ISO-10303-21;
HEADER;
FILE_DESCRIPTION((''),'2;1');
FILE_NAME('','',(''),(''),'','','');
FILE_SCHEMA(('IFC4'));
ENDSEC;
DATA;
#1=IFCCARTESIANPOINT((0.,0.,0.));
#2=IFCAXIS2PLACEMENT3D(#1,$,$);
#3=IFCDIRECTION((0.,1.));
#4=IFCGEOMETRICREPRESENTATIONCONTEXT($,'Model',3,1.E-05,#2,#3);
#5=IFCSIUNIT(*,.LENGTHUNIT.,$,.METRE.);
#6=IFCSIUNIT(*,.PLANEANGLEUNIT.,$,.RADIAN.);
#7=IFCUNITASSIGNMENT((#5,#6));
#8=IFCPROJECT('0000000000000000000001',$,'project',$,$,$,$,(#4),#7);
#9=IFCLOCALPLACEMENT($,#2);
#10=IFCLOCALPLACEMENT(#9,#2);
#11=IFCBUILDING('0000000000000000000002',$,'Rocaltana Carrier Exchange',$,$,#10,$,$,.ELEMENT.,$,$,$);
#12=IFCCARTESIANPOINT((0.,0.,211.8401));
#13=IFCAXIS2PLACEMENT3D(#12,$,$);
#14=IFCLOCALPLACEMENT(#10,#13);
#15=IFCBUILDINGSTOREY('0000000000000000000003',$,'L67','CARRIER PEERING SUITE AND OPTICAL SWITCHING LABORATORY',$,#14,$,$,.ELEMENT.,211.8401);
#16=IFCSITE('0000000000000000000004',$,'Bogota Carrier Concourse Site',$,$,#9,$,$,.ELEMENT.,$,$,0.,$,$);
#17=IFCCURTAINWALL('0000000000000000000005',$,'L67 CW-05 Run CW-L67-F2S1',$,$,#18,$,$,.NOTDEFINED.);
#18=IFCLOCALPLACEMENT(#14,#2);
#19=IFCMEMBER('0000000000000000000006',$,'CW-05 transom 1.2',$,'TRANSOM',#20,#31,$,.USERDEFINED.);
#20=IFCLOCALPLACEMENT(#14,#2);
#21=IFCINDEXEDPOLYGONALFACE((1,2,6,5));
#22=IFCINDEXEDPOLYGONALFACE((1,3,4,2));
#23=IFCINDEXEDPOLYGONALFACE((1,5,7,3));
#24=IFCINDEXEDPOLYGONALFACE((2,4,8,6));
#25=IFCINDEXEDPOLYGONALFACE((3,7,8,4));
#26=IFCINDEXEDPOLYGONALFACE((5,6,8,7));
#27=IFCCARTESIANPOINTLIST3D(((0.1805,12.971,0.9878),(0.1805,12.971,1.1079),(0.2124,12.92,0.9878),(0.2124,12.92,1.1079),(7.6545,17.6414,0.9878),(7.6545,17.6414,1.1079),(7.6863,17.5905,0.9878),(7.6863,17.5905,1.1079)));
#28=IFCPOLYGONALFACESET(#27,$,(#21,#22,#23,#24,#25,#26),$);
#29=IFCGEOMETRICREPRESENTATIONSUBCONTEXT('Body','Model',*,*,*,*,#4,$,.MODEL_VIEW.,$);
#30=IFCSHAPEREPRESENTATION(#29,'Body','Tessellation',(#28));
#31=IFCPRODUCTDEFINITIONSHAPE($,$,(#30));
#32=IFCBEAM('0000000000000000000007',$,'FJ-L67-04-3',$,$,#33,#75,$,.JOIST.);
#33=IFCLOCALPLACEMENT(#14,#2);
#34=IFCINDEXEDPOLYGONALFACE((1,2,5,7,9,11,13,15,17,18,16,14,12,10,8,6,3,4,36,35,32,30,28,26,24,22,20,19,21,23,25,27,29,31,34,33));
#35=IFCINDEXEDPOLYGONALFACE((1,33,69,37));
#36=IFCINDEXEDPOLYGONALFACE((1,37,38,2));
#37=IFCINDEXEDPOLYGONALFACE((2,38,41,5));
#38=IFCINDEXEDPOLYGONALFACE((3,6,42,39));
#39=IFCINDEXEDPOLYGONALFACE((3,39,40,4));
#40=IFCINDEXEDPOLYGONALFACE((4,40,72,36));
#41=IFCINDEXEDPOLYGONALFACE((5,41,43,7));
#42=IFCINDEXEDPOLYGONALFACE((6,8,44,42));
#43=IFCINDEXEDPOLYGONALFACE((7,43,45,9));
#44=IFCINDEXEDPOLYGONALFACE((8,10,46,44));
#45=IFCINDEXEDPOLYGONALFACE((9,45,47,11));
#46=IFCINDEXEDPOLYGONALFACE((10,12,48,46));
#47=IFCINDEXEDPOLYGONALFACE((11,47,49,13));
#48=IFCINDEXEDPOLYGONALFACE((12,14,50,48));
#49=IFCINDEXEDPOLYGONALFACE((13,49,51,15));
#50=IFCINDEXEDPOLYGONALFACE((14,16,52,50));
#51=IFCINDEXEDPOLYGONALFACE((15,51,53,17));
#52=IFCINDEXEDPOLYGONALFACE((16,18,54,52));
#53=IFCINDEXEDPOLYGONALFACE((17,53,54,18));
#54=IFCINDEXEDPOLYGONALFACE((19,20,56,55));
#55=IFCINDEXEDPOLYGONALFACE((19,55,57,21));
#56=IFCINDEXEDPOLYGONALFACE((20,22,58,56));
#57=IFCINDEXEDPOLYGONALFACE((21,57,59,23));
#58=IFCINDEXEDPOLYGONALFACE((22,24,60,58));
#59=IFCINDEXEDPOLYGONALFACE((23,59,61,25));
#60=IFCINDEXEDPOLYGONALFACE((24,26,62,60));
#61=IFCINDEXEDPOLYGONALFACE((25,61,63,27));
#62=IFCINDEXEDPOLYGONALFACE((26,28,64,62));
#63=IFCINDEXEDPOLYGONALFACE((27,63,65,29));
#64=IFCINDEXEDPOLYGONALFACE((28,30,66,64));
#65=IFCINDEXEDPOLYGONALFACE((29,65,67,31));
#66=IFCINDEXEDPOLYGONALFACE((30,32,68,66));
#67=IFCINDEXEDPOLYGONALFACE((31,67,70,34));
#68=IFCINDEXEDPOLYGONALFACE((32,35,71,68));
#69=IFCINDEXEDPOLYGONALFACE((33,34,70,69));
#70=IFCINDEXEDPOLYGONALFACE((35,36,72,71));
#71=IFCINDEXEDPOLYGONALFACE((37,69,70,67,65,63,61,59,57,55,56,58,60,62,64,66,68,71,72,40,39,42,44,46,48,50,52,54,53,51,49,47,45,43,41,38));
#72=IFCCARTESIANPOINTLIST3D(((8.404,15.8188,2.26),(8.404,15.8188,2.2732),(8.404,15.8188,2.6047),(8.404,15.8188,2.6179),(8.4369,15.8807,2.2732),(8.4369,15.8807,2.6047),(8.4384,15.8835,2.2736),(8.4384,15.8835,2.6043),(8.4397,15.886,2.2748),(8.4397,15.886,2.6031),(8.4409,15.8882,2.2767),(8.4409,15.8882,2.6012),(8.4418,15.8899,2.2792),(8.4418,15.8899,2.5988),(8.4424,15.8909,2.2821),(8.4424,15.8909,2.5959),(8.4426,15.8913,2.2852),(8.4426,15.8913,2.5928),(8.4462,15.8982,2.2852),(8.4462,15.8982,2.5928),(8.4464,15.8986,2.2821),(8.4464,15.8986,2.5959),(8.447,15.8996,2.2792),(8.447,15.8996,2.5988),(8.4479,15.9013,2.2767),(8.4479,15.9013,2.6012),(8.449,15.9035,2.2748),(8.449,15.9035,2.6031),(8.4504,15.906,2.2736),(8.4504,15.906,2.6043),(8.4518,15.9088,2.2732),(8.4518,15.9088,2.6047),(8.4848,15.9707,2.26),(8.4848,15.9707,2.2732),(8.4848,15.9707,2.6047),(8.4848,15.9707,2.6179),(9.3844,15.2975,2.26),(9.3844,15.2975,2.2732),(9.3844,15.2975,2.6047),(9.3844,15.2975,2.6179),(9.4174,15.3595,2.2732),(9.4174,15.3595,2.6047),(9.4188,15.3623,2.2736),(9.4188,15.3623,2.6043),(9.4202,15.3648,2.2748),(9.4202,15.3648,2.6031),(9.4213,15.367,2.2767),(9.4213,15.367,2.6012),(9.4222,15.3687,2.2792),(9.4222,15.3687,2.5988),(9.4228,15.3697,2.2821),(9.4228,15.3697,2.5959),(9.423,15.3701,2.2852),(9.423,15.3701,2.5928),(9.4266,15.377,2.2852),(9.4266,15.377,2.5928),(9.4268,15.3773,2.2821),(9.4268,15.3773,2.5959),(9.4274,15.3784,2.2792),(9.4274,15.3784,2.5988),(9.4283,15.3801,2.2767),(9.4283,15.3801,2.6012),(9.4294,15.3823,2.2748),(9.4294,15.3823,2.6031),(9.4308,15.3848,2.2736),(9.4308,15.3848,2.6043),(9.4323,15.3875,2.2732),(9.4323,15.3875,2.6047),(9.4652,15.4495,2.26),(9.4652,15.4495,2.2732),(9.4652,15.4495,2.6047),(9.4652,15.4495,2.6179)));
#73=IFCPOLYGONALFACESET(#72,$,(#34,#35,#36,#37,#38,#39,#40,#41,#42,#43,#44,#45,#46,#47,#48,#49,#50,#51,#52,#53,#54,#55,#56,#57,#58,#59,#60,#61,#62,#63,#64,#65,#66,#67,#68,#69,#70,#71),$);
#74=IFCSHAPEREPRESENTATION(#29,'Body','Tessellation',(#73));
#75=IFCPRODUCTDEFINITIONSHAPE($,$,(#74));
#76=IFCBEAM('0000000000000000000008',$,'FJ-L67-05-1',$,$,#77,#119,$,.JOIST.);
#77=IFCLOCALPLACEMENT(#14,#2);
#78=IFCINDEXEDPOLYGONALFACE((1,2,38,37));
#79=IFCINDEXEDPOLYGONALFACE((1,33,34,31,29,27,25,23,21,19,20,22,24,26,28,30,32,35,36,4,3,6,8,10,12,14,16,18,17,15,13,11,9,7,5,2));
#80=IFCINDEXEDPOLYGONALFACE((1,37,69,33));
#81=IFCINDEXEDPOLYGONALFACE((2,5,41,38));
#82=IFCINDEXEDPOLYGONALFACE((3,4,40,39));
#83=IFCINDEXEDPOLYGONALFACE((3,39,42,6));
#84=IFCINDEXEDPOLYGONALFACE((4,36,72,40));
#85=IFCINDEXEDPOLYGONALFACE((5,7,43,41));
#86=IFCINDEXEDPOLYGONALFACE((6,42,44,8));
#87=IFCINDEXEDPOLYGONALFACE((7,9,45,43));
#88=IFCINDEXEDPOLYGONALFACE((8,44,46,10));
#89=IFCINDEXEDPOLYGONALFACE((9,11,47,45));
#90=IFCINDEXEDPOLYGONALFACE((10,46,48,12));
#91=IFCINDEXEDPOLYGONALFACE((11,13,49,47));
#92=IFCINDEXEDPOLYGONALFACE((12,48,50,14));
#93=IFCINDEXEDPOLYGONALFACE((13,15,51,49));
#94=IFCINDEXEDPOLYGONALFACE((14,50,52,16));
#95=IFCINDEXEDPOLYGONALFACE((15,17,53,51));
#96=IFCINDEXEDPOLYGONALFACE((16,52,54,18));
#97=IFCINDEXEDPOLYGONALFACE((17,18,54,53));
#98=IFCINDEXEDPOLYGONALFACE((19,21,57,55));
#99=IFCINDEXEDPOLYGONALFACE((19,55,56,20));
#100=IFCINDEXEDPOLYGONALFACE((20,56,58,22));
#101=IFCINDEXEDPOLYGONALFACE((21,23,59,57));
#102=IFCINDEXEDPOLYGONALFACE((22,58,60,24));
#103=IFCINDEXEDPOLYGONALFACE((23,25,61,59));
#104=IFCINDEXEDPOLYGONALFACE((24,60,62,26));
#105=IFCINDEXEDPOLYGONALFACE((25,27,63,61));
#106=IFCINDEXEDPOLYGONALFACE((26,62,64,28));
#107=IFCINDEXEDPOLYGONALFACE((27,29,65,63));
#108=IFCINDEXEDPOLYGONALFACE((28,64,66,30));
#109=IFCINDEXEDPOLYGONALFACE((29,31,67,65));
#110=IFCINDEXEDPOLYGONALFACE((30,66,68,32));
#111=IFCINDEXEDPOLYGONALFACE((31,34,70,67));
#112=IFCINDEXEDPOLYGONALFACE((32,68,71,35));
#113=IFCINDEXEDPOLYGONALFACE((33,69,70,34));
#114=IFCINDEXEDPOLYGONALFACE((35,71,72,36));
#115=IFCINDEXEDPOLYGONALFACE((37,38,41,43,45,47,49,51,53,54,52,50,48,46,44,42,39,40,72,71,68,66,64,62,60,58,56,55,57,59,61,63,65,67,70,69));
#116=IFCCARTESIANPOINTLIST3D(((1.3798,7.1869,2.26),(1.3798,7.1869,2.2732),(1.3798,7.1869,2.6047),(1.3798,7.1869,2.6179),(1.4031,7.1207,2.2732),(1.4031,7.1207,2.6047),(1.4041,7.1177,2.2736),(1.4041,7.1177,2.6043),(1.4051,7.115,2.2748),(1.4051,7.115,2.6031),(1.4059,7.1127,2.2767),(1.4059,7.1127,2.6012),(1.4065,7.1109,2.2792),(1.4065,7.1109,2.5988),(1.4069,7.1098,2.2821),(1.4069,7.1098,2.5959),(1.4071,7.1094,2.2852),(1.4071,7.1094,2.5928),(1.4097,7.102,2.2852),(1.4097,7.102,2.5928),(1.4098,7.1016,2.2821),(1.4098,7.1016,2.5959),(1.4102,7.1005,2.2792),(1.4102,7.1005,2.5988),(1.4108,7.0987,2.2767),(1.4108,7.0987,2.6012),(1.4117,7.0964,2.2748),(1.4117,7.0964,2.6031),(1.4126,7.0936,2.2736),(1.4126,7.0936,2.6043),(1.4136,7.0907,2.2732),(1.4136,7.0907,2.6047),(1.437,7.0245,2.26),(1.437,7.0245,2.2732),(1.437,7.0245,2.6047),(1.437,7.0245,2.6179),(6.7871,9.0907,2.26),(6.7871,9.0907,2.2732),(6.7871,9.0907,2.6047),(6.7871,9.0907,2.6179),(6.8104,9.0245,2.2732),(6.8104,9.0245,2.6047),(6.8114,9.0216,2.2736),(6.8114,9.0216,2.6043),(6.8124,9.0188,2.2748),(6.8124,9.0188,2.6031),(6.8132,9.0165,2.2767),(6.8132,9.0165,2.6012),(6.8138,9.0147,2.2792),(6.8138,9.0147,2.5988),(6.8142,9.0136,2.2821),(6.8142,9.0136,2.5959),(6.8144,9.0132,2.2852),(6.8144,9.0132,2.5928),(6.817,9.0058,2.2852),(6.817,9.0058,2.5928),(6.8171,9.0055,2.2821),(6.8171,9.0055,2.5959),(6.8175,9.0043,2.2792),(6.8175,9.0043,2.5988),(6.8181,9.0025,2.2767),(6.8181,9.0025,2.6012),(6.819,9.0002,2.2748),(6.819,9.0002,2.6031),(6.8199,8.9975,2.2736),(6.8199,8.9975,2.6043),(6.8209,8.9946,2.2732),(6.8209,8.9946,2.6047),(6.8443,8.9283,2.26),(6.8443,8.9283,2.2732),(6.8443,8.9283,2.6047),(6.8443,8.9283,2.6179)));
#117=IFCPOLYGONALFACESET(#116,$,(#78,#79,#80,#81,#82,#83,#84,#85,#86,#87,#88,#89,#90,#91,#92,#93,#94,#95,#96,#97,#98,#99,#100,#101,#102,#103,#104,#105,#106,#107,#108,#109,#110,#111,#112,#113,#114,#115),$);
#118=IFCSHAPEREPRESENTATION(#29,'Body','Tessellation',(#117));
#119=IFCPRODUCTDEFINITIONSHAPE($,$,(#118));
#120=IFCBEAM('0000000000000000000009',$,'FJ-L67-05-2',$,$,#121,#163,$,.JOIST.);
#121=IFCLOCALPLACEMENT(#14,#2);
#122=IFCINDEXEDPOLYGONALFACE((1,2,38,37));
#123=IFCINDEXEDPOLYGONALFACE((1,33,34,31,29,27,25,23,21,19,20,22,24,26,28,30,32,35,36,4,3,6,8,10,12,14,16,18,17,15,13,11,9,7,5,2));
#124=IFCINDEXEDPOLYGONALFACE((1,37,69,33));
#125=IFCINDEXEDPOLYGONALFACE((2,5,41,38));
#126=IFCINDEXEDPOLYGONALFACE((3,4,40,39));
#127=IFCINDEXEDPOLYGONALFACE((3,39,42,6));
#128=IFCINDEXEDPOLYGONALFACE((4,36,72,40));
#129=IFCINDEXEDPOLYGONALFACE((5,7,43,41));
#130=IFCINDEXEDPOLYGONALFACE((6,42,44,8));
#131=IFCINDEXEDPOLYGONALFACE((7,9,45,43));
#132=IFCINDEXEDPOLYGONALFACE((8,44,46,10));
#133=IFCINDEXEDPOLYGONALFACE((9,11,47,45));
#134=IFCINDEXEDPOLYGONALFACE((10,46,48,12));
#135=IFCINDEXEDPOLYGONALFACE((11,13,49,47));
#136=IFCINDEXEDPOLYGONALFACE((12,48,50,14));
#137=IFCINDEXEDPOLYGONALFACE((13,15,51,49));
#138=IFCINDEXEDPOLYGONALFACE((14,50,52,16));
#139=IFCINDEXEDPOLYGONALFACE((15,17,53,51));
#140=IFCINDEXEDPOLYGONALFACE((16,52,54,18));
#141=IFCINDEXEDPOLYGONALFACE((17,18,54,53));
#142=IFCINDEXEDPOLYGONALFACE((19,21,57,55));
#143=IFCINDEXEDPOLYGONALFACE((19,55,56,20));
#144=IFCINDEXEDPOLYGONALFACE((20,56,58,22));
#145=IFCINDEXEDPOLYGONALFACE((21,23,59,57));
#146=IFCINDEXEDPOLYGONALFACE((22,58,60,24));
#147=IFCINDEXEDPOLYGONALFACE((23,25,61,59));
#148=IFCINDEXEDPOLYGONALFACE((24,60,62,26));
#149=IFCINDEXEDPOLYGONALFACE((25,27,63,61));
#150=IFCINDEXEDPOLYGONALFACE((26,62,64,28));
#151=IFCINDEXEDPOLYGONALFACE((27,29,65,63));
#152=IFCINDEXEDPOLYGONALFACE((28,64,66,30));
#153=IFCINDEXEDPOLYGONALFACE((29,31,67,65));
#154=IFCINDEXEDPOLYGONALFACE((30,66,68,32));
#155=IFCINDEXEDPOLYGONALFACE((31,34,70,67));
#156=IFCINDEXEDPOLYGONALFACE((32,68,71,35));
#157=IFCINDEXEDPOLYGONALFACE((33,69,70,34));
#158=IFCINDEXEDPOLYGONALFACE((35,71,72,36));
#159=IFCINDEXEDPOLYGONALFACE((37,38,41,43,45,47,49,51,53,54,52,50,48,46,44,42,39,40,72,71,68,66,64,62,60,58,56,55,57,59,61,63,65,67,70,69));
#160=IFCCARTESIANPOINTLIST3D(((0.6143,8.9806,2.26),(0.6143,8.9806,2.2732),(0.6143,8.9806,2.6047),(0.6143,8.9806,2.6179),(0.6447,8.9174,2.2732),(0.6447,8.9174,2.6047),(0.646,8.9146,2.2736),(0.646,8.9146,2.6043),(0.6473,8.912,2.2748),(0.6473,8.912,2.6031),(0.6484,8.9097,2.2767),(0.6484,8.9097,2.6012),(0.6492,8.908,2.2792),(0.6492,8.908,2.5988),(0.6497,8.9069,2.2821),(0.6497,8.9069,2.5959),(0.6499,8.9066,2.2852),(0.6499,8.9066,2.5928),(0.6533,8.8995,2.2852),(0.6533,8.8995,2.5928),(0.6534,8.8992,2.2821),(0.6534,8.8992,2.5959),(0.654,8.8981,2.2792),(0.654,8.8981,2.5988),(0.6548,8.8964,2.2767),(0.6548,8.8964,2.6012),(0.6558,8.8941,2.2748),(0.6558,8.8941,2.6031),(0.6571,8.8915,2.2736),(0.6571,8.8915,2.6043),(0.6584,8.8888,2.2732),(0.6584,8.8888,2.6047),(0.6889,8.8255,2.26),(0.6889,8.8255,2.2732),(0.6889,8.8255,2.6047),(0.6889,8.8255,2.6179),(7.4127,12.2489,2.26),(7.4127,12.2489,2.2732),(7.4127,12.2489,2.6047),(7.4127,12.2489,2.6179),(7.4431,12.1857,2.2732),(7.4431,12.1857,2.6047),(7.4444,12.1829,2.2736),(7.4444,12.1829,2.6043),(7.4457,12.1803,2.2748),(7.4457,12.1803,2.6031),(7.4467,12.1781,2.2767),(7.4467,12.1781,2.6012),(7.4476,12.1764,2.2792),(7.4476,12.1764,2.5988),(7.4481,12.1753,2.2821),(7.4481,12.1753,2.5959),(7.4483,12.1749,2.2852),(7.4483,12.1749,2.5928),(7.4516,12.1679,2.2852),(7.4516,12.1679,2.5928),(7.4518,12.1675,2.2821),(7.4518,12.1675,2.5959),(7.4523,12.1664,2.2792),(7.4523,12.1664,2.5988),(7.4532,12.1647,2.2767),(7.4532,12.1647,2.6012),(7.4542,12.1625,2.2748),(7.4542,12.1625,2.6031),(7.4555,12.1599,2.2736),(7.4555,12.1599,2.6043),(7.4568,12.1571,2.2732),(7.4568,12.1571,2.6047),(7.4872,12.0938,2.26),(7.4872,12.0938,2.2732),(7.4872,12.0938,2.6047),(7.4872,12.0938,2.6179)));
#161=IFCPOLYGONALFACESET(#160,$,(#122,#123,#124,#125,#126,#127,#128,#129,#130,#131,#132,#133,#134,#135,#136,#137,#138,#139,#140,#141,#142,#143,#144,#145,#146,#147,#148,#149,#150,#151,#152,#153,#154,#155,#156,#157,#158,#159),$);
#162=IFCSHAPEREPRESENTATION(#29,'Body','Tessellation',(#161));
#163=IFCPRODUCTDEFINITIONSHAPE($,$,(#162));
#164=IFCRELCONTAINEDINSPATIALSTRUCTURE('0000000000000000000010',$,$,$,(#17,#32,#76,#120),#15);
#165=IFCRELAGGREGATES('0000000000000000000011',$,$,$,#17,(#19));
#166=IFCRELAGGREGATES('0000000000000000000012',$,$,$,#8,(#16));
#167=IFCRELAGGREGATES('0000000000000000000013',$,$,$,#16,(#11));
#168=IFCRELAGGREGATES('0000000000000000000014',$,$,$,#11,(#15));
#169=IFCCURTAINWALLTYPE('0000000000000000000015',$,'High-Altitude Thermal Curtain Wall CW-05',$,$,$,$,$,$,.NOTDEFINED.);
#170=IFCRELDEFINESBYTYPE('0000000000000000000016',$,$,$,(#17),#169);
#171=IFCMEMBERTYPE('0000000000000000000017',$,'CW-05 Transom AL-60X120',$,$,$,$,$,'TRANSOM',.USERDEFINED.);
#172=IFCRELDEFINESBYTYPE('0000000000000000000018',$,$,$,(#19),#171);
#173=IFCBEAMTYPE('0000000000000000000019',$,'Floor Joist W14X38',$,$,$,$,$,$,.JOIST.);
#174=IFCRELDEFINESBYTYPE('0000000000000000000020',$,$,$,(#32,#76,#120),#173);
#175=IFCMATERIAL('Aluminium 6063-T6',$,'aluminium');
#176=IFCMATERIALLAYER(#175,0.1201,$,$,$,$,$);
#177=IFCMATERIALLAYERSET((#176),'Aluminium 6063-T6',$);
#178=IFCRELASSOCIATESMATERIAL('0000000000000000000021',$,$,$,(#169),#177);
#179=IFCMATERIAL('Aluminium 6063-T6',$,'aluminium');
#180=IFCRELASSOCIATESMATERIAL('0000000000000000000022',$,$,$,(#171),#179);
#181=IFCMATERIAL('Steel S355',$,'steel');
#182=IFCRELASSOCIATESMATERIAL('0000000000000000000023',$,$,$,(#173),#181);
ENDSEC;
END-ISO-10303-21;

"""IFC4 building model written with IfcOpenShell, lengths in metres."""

from ifc_helpers import new_model, si_unit, direction, frame, origin, origin_2d, place, context, subcontext, project, spatial, rectangle, i_section, extrude, material, layer, layer_set, material_profile, profile_set, type_object, element, aggregate, save


model = new_model("IFC4")

# Units and contexts
model_context = context("Model", 3, precision=1e-05, world=origin(), true_north=direction((0.0, 1.0)))
body_context = subcontext(model_context, "Body", "Model", "MODEL_VIEW")
ifc_project = project(units=[si_unit("LENGTHUNIT", "METRE"), si_unit("PLANEANGLEUNIT", "RADIAN")], contexts=[model_context])

# Site, building, storey
site_placement = place(None, origin())
site = spatial("IfcSite", under=ifc_project, at=site_placement, Name="Bogota Carrier Concourse Site", CompositionType="ELEMENT", RefElevation=0.0)
building_placement = place(site_placement, origin())
building = spatial("IfcBuilding", under=site, at=building_placement, Name="Rocaltana Carrier Exchange", CompositionType="ELEMENT")
storey_placement = place(building_placement, frame((0.0, 0.0, 211.8401)))
storey = spatial("IfcBuildingStorey", under=building, at=storey_placement, Name="L67", Description="CARRIER PEERING SUITE AND OPTICAL SWITCHING LABORATORY", CompositionType="ELEMENT", Elevation=211.8401)

# Curtain wall
ifc_material_1 = material(Name="Aluminium 6063-T6", Category="aluminium")
ifc_layer_1 = layer(ifc_material_1, 0.1201)
ifc_layer_set_1 = layer_set([ifc_layer_1], Name="Aluminium 6063-T6")
curtain_wall_type = type_object("IfcCurtainWallType", Name="High-Altitude Thermal Curtain Wall CW-05", PredefinedType="NOTDEFINED", material=ifc_layer_set_1)
curtain_wall_1_placement = place(storey_placement, origin())
curtain_wall_1 = element("IfcCurtainWall", 1, at=curtain_wall_1_placement, inside=storey, type_object=curtain_wall_type, Name="L67 CW-05 Run CW-L67-F2S1", PredefinedType="NOTDEFINED")

# Member
ifc_material_2 = material(Name="Aluminium 6063-T6", Category="aluminium")
ifc_material_profile_1 = material_profile(ifc_material_2, rectangle(XDim=0.0601, YDim=0.1201, at=origin_2d()), Name="AL-60X120")
ifc_profile_set_1 = profile_set([ifc_material_profile_1], Name="Aluminium 6063-T6")
member_type_1 = type_object("IfcMemberType", Name="CW-05 Transom AL-60X120", ElementType="TRANSOM", PredefinedType="USERDEFINED", material=ifc_profile_set_1)
member_1_placement = place(storey_placement, frame((7.6704, 17.616, 1.0479), z_axis=(-0.848037, -0.529937, 0.0), x_axis=(0.529937, -0.848037, 0.0)))
member_1 = element("IfcMember", 2, at=member_1_placement, type_object=member_type_1, Name="CW-05 transom 1.2", ObjectType="TRANSOM", PredefinedType="USERDEFINED", context=body_context, shape_type="SweptSolid", body=[
    extrude(rectangle(XDim=0.0601, YDim=0.1201, at=origin_2d()), origin(), (0.0, 0.0, 1.0), 8.8132),
])

# Beams
ifc_material_3 = material(Name="Steel S355", Category="steel")
ifc_material_profile_2 = material_profile(ifc_material_3, i_section(OverallWidth=0.1721, OverallDepth=0.3579, WebThickness=0.0078, FlangeThickness=0.0132, FilletRadius=0.012, at=origin_2d()), Name="W14X38")
ifc_profile_set_2 = profile_set([ifc_material_profile_2], Name="Steel S355")
beam_type_1 = type_object("IfcBeamType", Name="Floor Joist W14X38", PredefinedType="JOIST", material=ifc_profile_set_2)
beam_1_placement = place(storey_placement, frame((9.4248, 15.3735, 2.439), z_axis=(-0.882979, 0.469412, 0.0), x_axis=(-0.469412, -0.882979, 0.0)))
element("IfcBeam", 3, at=beam_1_placement, inside=storey, type_object=beam_type_1, Name="FJ-L67-04-3", PredefinedType="JOIST", context=body_context, shape_type="SweptSolid", body=[
    extrude(i_section(OverallWidth=0.1721, OverallDepth=0.3579, WebThickness=0.0078, FlangeThickness=0.0132, FilletRadius=0.012, at=origin_2d()), origin(), (0.0, 0.0, 1.0), 1.1104),
])
beam_2_placement = place(storey_placement, frame((6.8157, 9.0095, 2.439), z_axis=(-0.943243, -0.332103, 0.0), x_axis=(0.332103, -0.943243, 0.0)))
element("IfcBeam", 4, at=beam_2_placement, inside=storey, type_object=beam_type_1, Name="FJ-L67-05-1", PredefinedType="JOIST", context=body_context, shape_type="SweptSolid", body=[
    extrude(i_section(OverallWidth=0.1721, OverallDepth=0.3579, WebThickness=0.0078, FlangeThickness=0.0132, FilletRadius=0.012, at=origin_2d()), origin(), (0.0, 0.0, 1.0), 5.7327),
])
beam_3_placement = place(storey_placement, frame((7.45, 12.1714, 2.439), z_axis=(-0.901259, -0.433281, 0.0), x_axis=(0.433281, -0.901259, 0.0)))
element("IfcBeam", 5, at=beam_3_placement, inside=storey, type_object=beam_type_1, Name="FJ-L67-05-2", PredefinedType="JOIST", context=body_context, shape_type="SweptSolid", body=[
    extrude(i_section(OverallWidth=0.1721, OverallDepth=0.3579, WebThickness=0.0078, FlangeThickness=0.0132, FilletRadius=0.012, at=origin_2d()), origin(), (0.0, 0.0, 1.0), 7.5432),
])

aggregate(curtain_wall_1, [member_1])

save(model, "model.ifc")
